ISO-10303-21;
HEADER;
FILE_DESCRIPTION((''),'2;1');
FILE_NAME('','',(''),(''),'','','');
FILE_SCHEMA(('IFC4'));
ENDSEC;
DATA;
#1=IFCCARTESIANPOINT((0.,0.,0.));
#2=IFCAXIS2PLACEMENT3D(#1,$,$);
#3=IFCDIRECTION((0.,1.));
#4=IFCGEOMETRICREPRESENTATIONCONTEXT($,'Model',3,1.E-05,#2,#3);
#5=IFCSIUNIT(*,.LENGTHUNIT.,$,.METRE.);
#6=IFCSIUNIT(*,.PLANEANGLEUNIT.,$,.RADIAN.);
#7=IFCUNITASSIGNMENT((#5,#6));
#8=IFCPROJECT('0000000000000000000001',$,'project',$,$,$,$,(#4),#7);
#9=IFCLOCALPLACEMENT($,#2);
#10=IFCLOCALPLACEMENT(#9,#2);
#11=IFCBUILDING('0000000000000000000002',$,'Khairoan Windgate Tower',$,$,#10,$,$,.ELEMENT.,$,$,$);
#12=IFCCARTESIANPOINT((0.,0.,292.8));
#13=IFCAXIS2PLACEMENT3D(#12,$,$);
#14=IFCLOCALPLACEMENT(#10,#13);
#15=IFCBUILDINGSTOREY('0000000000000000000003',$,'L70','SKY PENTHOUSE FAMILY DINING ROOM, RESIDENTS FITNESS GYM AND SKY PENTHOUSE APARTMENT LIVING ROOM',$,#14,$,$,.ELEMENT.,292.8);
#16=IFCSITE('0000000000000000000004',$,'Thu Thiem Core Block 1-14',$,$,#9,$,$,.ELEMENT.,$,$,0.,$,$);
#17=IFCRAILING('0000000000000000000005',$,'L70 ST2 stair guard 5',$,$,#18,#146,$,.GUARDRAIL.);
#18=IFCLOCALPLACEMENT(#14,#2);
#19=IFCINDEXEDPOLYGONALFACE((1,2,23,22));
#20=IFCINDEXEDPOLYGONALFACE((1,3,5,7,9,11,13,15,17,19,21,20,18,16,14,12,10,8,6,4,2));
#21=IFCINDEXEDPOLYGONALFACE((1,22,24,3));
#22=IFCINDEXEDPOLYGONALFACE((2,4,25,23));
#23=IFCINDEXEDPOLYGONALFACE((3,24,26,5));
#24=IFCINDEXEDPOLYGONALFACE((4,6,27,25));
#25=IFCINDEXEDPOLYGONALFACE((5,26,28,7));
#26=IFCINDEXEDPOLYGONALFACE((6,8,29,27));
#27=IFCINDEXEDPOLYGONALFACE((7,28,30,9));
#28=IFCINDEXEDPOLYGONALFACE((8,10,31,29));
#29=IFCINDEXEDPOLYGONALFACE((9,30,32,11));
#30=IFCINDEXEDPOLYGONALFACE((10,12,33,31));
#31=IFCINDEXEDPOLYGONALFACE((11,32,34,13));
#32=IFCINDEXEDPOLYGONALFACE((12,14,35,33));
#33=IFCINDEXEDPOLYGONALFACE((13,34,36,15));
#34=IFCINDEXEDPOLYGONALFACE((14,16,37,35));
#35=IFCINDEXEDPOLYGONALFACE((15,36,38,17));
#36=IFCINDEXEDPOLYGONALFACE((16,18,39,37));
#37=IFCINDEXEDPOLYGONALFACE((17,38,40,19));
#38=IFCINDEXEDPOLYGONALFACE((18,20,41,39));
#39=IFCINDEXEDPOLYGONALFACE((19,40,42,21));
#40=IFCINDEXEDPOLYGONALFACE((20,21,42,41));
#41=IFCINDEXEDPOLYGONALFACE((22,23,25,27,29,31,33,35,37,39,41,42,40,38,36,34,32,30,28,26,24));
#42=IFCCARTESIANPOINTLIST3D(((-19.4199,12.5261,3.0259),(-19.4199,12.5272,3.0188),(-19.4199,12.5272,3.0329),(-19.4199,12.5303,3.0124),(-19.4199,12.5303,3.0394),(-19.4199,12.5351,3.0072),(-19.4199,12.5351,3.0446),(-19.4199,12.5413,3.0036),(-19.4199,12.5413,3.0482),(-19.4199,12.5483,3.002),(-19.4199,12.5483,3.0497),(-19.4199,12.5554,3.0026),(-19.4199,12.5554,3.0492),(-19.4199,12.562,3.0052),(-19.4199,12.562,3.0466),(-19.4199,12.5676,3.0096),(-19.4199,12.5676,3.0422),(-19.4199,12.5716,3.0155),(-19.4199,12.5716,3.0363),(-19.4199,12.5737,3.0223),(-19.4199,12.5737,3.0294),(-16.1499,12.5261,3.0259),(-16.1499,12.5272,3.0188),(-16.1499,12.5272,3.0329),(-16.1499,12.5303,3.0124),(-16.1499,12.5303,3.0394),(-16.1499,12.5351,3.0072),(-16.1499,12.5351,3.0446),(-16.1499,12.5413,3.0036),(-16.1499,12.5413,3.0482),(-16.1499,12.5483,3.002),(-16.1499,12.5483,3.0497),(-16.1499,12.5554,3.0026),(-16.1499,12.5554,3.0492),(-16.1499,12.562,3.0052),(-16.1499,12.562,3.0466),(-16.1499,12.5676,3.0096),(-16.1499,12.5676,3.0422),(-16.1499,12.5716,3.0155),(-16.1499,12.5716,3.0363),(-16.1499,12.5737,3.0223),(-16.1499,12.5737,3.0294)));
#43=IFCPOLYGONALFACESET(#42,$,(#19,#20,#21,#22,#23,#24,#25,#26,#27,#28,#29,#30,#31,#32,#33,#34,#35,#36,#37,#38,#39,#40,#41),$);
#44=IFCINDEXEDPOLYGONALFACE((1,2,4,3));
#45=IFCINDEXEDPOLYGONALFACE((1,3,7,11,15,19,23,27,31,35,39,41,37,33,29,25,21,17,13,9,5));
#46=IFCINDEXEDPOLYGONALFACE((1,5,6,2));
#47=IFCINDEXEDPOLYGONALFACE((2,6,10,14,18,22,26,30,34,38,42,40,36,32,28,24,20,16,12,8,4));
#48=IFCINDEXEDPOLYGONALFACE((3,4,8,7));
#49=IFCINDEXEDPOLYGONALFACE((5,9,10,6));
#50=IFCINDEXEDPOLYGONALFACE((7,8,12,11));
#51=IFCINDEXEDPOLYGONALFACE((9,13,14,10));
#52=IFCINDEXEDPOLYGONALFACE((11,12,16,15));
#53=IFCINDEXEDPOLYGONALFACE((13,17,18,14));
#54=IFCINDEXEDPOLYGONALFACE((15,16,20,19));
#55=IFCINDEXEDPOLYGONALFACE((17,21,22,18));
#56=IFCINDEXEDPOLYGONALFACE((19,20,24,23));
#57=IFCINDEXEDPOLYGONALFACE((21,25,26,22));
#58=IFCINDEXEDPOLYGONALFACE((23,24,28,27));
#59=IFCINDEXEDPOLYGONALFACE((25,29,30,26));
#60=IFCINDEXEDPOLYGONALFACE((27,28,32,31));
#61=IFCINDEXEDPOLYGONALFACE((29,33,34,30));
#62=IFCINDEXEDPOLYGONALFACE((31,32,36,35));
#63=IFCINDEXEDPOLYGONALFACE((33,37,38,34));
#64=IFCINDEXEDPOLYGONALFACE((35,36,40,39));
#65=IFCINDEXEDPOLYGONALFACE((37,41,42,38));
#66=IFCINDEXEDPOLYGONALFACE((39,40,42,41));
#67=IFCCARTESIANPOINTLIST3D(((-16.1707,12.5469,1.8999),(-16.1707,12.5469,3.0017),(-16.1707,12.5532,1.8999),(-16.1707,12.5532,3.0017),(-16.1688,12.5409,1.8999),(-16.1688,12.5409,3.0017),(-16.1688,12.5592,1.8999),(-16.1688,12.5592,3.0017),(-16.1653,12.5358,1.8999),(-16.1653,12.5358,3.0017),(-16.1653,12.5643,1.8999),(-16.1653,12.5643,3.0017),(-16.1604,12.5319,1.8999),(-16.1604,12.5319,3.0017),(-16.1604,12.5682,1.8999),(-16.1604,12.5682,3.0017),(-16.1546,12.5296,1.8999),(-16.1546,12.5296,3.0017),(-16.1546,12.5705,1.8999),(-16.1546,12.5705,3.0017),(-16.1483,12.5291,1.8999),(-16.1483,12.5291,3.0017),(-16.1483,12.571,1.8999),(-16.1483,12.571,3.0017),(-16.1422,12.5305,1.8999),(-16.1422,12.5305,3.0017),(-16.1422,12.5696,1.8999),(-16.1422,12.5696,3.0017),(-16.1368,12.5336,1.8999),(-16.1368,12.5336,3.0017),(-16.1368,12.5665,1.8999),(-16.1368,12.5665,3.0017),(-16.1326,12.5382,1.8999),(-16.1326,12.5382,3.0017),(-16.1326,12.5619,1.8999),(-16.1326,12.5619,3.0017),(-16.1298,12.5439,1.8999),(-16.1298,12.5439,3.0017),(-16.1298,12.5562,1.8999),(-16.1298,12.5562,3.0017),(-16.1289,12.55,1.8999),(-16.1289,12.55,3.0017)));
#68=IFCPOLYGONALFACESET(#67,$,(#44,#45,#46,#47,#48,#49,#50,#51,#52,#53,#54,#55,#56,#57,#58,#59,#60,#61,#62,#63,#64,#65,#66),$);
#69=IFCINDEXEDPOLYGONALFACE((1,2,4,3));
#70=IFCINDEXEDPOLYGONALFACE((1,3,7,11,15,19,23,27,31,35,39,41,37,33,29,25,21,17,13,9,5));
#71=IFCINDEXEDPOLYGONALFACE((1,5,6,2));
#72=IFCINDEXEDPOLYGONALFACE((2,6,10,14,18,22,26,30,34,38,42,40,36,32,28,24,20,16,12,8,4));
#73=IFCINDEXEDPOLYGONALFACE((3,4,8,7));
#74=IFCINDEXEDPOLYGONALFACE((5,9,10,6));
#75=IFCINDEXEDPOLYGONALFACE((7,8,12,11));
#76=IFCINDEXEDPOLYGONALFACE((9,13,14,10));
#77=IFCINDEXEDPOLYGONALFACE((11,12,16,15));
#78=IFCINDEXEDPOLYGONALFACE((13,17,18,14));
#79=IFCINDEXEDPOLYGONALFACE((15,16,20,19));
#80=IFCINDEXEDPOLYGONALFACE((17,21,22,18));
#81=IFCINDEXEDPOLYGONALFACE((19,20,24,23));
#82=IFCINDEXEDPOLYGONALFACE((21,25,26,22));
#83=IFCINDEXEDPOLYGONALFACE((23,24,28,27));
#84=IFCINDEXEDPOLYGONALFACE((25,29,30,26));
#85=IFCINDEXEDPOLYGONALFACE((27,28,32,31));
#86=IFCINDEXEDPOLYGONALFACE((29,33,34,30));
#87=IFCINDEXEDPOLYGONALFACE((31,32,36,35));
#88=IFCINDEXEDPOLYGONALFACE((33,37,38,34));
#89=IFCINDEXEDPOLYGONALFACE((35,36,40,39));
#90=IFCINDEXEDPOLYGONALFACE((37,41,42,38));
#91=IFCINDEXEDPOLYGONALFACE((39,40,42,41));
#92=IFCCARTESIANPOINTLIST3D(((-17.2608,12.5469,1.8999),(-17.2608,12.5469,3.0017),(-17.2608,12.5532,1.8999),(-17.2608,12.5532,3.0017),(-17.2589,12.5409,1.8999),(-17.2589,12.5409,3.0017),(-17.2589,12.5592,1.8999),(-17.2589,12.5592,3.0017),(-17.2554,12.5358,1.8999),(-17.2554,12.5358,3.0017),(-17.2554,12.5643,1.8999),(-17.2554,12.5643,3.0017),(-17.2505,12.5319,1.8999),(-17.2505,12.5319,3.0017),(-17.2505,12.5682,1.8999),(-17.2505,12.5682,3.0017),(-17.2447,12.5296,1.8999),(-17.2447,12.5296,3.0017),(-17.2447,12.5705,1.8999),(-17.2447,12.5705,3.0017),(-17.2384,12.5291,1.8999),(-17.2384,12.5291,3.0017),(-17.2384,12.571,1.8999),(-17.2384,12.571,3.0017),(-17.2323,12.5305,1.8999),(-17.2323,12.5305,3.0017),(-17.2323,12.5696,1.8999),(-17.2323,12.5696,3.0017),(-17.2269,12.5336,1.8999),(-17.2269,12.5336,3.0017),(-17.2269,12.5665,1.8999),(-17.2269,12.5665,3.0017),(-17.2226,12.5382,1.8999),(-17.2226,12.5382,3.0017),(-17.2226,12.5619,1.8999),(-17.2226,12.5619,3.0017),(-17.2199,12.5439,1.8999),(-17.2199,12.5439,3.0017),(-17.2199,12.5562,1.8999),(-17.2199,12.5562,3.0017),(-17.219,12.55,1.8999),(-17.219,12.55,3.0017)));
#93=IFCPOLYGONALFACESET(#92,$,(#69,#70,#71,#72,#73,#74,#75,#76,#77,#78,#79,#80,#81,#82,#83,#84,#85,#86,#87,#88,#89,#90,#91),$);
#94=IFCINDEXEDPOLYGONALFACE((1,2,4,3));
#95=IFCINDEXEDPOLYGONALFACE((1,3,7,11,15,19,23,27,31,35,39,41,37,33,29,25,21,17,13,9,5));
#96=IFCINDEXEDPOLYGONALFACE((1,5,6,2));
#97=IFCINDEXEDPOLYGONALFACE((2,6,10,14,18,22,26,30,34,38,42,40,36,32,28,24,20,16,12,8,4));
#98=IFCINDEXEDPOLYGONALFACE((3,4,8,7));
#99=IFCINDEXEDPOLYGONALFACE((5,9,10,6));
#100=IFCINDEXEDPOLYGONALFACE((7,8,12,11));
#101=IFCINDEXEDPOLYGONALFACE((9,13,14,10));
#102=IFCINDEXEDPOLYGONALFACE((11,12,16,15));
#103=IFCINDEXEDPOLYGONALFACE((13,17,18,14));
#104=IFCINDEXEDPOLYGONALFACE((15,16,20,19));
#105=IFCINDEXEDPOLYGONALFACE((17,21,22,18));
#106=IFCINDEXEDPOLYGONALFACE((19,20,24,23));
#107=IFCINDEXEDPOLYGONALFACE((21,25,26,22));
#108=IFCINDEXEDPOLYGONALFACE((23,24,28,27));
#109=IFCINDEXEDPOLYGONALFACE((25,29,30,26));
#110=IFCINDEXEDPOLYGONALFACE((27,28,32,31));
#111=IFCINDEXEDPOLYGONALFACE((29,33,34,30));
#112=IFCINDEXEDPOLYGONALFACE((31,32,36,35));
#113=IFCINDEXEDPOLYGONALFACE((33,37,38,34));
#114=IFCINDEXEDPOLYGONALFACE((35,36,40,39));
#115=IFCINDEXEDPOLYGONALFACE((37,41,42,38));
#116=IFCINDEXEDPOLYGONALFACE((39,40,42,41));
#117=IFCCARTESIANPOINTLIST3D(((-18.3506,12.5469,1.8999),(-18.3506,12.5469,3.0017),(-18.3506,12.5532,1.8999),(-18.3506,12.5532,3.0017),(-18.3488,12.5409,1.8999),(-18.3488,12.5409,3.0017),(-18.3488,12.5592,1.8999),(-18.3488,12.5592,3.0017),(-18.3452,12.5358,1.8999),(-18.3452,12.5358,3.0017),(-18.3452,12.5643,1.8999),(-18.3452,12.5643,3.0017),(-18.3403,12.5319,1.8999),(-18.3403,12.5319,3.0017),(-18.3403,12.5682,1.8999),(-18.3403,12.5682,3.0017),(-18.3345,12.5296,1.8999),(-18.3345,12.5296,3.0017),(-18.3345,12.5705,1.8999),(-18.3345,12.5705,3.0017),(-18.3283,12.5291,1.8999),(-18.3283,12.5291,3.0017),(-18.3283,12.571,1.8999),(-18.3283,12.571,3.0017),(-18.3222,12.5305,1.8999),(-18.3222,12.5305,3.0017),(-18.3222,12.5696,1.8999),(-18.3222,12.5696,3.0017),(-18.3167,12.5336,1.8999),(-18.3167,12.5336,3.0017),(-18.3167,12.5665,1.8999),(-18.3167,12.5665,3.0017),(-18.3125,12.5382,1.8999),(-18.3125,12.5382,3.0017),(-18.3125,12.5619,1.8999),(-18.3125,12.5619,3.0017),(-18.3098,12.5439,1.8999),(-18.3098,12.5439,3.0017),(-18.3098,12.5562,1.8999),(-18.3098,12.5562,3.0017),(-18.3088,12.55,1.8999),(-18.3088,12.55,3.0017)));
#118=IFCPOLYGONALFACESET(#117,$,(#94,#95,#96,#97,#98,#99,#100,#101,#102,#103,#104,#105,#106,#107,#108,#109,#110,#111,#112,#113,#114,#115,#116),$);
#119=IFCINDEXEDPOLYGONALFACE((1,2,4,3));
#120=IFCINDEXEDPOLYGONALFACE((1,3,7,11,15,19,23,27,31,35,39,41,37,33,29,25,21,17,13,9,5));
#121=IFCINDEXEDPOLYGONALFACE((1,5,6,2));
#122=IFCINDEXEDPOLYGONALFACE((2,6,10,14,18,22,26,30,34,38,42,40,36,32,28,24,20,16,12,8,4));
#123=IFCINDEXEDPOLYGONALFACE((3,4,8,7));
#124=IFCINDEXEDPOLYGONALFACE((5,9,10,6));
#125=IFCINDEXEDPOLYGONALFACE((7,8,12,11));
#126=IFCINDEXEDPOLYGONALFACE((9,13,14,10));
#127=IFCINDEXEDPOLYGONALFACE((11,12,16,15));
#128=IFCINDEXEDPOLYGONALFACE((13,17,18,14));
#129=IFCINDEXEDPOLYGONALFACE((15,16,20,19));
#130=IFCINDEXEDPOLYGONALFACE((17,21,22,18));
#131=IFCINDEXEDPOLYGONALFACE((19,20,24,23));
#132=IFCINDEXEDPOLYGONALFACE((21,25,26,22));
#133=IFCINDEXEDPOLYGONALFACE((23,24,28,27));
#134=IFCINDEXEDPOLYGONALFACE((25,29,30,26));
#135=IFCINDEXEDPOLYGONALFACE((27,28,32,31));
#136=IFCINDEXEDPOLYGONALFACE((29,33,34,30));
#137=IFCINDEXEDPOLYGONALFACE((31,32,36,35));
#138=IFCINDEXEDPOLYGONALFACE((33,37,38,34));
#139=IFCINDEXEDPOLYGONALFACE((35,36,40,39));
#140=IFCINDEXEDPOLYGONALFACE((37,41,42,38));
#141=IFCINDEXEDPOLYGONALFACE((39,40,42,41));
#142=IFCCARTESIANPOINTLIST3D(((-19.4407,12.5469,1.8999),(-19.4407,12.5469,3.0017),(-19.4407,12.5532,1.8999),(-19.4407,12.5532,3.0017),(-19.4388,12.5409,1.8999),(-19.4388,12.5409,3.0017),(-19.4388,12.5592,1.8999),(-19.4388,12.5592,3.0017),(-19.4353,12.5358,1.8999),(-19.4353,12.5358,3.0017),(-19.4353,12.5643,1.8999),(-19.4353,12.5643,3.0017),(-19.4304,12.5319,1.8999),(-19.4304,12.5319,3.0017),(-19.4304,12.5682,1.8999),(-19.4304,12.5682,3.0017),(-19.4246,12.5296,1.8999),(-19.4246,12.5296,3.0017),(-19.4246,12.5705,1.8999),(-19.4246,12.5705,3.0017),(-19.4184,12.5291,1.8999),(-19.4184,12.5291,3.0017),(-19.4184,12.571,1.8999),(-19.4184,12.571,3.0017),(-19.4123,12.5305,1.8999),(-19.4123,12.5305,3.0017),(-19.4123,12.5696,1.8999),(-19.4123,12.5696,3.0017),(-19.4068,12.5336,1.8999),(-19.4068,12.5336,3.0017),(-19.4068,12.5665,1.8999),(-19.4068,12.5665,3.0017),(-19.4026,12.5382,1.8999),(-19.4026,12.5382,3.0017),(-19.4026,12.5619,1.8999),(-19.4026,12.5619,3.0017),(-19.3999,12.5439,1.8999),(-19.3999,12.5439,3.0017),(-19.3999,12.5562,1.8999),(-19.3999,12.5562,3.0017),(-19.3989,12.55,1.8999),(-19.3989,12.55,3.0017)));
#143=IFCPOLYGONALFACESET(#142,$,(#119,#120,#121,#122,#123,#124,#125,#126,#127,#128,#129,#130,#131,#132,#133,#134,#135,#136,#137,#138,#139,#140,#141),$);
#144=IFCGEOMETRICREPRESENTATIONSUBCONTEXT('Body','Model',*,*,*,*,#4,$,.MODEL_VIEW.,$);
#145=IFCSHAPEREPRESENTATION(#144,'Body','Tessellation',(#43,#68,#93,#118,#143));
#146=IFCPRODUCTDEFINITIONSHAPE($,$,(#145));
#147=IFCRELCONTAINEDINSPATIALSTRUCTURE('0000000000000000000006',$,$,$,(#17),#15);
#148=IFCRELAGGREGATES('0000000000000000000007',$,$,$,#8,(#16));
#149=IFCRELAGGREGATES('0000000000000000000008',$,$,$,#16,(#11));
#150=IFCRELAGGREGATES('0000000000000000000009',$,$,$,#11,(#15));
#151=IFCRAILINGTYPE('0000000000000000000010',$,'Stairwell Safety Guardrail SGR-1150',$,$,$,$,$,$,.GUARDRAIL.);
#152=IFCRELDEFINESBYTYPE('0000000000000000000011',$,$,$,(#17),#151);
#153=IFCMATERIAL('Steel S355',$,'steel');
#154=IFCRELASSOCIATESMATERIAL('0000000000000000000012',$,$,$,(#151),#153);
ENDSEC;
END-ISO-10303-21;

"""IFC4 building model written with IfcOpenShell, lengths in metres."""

from ifc_helpers import new_model, si_unit, direction, frame, origin, origin_2d, place, context, subcontext, project, spatial, circle, extrude, material, type_object, element, save


model = new_model("IFC4")

# Units and contexts
model_context = context("Model", 3, precision=1e-05, world=origin(), true_north=direction((0.0, 1.0)))
body_context = subcontext(model_context, "Body", "Model", "MODEL_VIEW")
ifc_project = project(units=[si_unit("LENGTHUNIT", "METRE"), si_unit("PLANEANGLEUNIT", "RADIAN")], contexts=[model_context])

# Site, building, storey
site_placement = place(None, origin())
site = spatial("IfcSite", under=ifc_project, at=site_placement, Name="Thu Thiem Core Block 1-14", CompositionType="ELEMENT", RefElevation=0.0)
building_placement = place(site_placement, origin())
building = spatial("IfcBuilding", under=site, at=building_placement, Name="Khairoan Windgate Tower", CompositionType="ELEMENT")
storey_placement = place(building_placement, frame((0.0, 0.0, 292.8)))
storey = spatial("IfcBuildingStorey", under=building, at=storey_placement, Name="L70", Description="SKY PENTHOUSE FAMILY DINING ROOM, RESIDENTS FITNESS GYM AND SKY PENTHOUSE APARTMENT LIVING ROOM", CompositionType="ELEMENT", Elevation=292.8)

# Railing
ifc_material_1 = material(Name="Steel S355", Category="steel")
railing_type = type_object("IfcRailingType", Name="Stairwell Safety Guardrail SGR-1150", PredefinedType="GUARDRAIL", material=ifc_material_1)
railing_1_placement = place(storey_placement, frame((-16.1499, 12.55, 1.8999)))
element("IfcRailing", 1, at=railing_1_placement, inside=storey, type_object=railing_type, Name="L70 ST2 stair guard 5", PredefinedType="GUARDRAIL", context=body_context, shape_type="SweptSolid", body=[
    extrude(circle(Radius=0.0239, at=origin_2d()), frame((0.0, 0.0, 1.126), z_axis=(-1.0, 0.0, 0.0), x_axis=(0.0, -1.0, 0.0)), (0.0, 0.0, 1.0), 3.27),
    extrude(circle(Radius=0.021, at=origin_2d()), origin(), (0.0, 0.0, 1.0), 1.1018),
    extrude(circle(Radius=0.021, at=origin_2d()), frame((-1.0901, 0.0, 0.0)), (0.0, 0.0, 1.0), 1.1018),
    extrude(circle(Radius=0.021, at=origin_2d()), frame((-2.1799, 0.0, 0.0)), (0.0, 0.0, 1.0), 1.1018),
    extrude(circle(Radius=0.021, at=origin_2d()), frame((-3.27, 0.0, 0.0)), (0.0, 0.0, 1.0), 1.1018),
])

save(model, "model.ifc")
